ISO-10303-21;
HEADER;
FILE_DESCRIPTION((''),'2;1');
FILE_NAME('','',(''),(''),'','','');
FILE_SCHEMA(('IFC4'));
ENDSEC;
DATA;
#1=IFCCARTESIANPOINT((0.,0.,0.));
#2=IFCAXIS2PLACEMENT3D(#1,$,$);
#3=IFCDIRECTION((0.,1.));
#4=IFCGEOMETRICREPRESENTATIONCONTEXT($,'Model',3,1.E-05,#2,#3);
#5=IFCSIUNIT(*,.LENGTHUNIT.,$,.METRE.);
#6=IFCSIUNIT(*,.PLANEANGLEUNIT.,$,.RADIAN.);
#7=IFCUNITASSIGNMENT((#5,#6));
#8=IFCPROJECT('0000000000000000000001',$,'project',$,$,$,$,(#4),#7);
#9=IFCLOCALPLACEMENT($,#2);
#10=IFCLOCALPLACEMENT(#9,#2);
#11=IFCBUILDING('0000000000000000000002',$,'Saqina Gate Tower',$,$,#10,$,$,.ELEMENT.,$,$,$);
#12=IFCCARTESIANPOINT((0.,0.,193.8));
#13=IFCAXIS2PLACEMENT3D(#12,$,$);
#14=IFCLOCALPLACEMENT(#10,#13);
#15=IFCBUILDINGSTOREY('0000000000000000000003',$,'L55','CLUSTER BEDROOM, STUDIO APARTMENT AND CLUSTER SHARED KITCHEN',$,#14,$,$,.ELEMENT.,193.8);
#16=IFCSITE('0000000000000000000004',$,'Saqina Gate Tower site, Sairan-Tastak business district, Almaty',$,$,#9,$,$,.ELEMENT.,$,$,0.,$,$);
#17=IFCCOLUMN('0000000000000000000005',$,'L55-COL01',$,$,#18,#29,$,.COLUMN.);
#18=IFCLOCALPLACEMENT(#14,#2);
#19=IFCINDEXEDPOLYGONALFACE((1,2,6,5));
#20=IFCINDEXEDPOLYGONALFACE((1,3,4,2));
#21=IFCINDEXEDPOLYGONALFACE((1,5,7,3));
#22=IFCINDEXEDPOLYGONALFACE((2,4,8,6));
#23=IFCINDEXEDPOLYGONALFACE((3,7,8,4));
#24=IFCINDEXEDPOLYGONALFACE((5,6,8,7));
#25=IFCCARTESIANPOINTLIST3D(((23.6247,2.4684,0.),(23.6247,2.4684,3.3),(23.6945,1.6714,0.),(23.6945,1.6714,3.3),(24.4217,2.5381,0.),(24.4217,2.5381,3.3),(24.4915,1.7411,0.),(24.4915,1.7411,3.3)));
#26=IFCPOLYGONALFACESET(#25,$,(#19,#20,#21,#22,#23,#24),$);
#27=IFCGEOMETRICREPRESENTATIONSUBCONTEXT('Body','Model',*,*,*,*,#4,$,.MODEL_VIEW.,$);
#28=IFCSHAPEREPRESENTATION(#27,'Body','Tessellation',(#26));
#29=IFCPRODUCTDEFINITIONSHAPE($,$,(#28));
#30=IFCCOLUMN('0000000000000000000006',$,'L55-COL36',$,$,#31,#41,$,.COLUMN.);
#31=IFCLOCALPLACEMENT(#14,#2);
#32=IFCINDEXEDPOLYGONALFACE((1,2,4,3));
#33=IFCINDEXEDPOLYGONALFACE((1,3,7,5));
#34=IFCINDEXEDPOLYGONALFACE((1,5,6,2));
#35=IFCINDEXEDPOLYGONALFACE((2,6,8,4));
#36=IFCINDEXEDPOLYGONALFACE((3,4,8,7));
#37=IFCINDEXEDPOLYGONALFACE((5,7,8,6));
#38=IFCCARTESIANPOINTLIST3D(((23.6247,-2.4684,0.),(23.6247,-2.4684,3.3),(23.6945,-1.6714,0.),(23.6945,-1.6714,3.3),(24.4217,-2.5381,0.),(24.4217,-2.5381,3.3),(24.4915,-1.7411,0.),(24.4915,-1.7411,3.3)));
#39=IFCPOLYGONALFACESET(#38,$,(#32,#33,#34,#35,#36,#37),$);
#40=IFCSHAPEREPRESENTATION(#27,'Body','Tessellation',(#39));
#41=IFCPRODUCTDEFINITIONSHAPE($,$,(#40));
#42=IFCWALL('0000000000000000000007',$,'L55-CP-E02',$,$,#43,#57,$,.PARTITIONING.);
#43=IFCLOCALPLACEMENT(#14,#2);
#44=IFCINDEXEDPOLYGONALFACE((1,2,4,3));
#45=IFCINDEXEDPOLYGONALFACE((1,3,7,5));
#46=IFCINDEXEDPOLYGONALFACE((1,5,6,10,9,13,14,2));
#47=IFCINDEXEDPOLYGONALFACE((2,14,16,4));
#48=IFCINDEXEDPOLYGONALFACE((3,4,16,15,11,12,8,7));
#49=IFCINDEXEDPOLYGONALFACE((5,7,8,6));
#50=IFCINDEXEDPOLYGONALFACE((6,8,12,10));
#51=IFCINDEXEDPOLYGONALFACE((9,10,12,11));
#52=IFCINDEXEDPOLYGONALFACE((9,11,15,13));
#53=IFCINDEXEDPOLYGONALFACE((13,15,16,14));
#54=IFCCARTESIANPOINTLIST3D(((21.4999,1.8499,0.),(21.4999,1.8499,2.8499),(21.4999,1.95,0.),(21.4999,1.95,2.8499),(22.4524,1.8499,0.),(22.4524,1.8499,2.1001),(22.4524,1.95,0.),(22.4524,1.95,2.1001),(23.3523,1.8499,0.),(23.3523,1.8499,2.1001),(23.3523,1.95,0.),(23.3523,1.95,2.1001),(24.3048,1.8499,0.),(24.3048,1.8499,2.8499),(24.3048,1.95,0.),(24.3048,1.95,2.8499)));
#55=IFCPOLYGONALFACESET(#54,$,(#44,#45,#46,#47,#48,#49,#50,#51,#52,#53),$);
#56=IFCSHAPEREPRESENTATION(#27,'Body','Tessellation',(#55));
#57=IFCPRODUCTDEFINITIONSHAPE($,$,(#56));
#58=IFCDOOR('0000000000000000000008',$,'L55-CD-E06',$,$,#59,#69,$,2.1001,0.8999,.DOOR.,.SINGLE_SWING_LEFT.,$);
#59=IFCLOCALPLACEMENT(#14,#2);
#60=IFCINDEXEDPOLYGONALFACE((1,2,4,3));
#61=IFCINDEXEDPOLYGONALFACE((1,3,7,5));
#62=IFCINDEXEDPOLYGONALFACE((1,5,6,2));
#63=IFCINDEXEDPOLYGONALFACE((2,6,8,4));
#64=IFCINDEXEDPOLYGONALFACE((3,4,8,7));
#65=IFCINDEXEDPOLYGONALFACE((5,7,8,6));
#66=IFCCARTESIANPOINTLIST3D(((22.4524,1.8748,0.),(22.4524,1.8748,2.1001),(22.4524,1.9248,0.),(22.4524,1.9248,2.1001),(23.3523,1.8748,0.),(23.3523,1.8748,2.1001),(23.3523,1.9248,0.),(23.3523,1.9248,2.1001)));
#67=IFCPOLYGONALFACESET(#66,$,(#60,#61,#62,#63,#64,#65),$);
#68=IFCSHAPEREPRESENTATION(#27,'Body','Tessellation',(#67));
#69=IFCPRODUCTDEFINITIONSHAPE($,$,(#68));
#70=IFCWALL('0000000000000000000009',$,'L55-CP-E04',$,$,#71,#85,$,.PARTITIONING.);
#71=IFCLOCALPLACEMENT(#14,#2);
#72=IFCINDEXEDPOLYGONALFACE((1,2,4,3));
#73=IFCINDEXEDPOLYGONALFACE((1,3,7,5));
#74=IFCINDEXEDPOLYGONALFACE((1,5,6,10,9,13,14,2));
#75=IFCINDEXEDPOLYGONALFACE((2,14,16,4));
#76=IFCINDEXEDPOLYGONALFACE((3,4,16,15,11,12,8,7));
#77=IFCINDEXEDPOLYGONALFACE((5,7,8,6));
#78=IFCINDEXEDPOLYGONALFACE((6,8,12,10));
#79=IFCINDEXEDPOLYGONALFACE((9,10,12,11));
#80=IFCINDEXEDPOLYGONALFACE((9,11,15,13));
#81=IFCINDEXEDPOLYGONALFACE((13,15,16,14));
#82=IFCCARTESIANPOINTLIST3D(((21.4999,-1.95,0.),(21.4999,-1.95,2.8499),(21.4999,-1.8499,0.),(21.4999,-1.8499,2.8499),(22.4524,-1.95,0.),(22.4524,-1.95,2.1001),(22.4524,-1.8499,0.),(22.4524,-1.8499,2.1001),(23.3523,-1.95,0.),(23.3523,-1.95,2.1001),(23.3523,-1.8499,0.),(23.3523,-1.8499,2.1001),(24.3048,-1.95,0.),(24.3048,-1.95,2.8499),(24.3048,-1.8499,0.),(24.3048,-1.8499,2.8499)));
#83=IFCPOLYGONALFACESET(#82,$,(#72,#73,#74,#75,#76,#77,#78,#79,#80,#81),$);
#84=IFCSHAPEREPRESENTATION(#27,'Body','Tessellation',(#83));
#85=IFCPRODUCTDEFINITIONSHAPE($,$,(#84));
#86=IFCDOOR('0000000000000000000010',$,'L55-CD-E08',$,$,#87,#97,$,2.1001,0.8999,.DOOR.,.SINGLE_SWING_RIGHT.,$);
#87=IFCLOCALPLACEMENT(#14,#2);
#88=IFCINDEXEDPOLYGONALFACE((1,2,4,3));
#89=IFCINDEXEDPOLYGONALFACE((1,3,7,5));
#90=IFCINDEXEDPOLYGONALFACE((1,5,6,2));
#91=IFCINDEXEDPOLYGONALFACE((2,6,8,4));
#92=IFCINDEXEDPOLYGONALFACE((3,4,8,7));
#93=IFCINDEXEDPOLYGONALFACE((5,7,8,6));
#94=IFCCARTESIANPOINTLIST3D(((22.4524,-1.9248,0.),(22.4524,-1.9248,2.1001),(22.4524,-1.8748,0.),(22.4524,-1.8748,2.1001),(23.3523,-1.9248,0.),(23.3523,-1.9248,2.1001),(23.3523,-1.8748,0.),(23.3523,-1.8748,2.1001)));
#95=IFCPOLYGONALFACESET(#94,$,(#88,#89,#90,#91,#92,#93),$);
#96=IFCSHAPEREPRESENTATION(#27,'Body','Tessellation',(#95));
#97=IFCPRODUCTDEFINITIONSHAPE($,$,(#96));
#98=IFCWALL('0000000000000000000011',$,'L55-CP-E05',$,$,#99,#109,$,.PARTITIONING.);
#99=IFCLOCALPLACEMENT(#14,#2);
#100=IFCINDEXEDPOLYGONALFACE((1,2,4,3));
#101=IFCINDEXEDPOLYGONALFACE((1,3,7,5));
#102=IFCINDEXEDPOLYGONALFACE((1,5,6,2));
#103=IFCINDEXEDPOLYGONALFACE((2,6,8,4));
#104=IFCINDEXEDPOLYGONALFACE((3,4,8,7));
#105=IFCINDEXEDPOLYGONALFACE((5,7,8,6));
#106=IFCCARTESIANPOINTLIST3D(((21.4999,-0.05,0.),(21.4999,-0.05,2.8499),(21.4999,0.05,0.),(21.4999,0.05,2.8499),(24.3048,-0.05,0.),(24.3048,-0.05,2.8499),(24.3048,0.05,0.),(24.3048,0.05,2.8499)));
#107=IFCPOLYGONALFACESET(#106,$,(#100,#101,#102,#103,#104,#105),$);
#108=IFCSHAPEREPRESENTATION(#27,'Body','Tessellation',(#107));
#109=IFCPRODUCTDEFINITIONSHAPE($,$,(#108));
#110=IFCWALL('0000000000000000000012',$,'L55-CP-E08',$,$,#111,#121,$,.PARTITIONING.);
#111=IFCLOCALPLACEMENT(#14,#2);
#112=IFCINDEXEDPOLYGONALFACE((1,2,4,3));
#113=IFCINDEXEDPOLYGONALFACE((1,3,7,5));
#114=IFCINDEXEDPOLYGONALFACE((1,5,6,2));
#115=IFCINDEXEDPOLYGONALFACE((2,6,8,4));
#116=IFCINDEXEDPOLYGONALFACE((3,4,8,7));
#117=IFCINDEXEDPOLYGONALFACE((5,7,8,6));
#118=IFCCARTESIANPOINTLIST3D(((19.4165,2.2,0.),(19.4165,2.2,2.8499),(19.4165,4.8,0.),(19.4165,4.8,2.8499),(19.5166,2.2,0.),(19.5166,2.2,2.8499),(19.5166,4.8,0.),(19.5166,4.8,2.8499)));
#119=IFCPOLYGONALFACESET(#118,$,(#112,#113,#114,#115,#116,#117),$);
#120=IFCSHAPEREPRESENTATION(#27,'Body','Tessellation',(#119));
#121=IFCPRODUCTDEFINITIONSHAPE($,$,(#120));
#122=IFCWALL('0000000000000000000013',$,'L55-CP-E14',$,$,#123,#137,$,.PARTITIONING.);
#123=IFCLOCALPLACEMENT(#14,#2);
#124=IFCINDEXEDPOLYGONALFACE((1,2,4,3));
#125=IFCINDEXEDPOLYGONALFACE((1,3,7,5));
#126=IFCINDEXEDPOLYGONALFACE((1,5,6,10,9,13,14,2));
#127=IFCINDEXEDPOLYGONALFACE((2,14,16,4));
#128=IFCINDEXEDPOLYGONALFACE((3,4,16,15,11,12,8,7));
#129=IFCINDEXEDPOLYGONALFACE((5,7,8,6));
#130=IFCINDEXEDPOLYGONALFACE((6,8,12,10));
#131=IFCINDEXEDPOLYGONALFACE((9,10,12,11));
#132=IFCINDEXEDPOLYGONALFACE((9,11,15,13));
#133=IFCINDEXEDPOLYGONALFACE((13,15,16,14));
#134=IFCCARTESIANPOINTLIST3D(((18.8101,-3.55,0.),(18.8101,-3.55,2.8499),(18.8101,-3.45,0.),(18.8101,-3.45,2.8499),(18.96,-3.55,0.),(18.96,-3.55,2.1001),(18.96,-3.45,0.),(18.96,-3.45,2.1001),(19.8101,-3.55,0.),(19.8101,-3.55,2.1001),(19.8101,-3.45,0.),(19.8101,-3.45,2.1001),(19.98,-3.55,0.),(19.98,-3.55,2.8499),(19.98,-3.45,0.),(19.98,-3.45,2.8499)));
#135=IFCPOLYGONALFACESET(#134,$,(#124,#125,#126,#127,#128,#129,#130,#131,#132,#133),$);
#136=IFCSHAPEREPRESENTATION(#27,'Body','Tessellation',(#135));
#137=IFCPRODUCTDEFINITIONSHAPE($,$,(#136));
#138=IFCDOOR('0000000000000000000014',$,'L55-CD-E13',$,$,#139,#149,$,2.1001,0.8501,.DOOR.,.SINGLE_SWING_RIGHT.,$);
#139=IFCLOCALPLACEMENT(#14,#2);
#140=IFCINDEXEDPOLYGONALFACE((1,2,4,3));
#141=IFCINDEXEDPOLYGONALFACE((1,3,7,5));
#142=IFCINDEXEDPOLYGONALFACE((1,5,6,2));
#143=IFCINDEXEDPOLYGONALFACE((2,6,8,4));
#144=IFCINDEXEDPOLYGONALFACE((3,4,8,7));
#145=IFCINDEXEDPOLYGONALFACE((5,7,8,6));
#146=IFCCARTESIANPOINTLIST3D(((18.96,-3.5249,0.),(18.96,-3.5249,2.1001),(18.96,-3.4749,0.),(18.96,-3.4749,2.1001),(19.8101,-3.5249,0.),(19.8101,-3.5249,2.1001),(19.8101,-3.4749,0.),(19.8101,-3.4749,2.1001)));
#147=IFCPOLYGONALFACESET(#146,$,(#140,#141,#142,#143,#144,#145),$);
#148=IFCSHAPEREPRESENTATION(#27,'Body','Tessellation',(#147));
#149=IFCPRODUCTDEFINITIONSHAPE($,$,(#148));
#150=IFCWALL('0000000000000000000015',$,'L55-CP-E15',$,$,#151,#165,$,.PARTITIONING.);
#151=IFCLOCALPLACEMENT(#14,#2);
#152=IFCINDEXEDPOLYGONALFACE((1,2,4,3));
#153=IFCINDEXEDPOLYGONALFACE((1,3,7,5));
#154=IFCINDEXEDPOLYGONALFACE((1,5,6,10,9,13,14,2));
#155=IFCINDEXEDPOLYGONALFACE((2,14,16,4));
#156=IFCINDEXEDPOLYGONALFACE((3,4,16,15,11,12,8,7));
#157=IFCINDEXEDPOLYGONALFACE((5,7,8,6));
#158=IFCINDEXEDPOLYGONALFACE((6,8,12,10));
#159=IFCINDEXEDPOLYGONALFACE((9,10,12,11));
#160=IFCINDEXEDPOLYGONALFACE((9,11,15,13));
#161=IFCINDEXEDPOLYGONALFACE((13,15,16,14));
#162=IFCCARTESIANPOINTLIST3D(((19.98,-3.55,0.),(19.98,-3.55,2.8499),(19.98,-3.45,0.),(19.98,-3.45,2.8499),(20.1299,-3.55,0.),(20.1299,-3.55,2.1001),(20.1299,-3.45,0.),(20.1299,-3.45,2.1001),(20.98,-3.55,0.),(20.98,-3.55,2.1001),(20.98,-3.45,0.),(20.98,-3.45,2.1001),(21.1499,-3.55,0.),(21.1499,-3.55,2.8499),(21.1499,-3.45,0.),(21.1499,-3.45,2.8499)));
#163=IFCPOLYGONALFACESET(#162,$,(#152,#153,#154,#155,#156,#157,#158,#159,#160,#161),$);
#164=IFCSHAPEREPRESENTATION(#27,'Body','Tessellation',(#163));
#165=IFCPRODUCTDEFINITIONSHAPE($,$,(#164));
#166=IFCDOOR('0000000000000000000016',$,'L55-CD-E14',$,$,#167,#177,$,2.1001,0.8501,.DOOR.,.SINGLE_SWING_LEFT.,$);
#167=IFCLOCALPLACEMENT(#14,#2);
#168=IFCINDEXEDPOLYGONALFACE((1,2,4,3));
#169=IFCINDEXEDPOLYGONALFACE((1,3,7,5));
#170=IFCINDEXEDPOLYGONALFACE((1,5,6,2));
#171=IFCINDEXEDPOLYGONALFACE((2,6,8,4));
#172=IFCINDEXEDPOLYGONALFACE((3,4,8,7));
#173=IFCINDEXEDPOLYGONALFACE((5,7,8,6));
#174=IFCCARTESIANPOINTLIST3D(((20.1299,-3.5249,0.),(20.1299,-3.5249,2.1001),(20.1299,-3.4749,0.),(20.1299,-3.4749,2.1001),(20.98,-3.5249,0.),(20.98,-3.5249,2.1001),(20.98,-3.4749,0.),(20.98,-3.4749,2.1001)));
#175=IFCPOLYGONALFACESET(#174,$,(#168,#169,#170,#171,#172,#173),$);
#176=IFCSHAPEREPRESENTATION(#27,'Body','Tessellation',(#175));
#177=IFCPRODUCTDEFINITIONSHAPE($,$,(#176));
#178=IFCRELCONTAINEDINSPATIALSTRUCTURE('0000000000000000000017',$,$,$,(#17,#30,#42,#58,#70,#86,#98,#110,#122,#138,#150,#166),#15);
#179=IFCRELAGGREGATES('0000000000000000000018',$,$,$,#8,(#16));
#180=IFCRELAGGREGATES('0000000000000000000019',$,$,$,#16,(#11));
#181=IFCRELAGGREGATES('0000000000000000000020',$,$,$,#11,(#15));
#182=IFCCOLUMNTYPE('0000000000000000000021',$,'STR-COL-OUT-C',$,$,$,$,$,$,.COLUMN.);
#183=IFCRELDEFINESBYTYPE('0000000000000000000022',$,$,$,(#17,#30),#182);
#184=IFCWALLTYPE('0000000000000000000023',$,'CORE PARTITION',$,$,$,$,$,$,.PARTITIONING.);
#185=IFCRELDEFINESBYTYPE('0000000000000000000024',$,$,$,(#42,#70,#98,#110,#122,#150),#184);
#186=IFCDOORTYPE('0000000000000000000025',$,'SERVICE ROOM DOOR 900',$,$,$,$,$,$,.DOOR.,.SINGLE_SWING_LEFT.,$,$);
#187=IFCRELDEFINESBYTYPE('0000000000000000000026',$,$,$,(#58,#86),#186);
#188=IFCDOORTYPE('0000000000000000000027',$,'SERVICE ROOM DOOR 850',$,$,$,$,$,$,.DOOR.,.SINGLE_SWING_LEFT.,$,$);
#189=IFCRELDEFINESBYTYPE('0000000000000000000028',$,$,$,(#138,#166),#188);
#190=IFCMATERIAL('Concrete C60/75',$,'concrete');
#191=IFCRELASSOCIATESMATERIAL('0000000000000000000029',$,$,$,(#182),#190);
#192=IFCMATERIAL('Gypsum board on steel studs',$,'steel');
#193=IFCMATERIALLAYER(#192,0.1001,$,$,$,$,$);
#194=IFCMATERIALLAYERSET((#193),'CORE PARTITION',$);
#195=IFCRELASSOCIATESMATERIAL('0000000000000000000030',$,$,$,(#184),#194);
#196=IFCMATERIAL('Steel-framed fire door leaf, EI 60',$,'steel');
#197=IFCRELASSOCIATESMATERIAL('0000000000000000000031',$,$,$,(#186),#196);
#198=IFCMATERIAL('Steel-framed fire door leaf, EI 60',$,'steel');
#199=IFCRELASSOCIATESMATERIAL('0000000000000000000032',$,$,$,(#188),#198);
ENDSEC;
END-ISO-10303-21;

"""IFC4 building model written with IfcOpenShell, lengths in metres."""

from ifc_helpers import new_model, si_unit, direction, frame, frame_2d, origin, origin_2d, place, context, subcontext, project, spatial, rectangle, extrude, material, layer, layer_set, material_profile, profile_set, type_object, element, fill, save


model = new_model("IFC4")

# Units and contexts
model_context = context("Model", 3, precision=1e-05, world=origin(), true_north=direction((0.0, 1.0)))
body_context = subcontext(model_context, "Body", "Model", "MODEL_VIEW")
ifc_project = project(units=[si_unit("LENGTHUNIT", "METRE"), si_unit("PLANEANGLEUNIT", "RADIAN")], contexts=[model_context])

# Site, building, storey
site_placement = place(None, origin())
site = spatial("IfcSite", under=ifc_project, at=site_placement, Name="Saqina Gate Tower site, Sairan-Tastak business district, Almaty", CompositionType="ELEMENT", RefElevation=0.0)
building_placement = place(site_placement, origin())
building = spatial("IfcBuilding", under=site, at=building_placement, Name="Saqina Gate Tower", CompositionType="ELEMENT")
storey_placement = place(building_placement, frame((0.0, 0.0, 193.8)))
storey = spatial("IfcBuildingStorey", under=building, at=storey_placement, Name="L55", Description="CLUSTER BEDROOM, STUDIO APARTMENT AND CLUSTER SHARED KITCHEN", CompositionType="ELEMENT", Elevation=193.8)

# Columns
ifc_material_1 = material(Name="Concrete C60/75", Category="concrete")
ifc_material_profile = material_profile(ifc_material_1, rectangle(XDim=0.8, YDim=0.8, at=origin_2d()), Name="RC 800x800")
ifc_profile_set = profile_set([ifc_material_profile], Name="Concrete C60/75")
column_type = type_object("IfcColumnType", Name="STR-COL-OUT-C", PredefinedType="COLUMN", material=ifc_profile_set)
for number, where, z_axis, x_axis, name in (
    (1, (24.0581, 2.1047, 0.0), (0.0, 0.0, 1.0), (0.996195, 0.087156, 0.0), "L55-COL01"),
    (2, (24.0581, -2.1047, 0.0), (0.0, 0.0, 1.0), (0.996195, -0.087156, 0.0), "L55-COL36"),
):
    element("IfcColumn", number, at=place(storey_placement, frame(where, z_axis=z_axis, x_axis=x_axis)), inside=storey, type_object=column_type, Name=name, PredefinedType="COLUMN", context=body_context, shape_type="SweptSolid", body=[
        extrude(rectangle(XDim=0.8, YDim=0.8, at=origin_2d()), origin(), (0.0, 0.0, 1.0), 3.3),
    ])

# Walls, openings, doors
ifc_material_2 = material(Name="Gypsum board on steel studs", Category="steel")
ifc_layer_1 = layer(ifc_material_2, 0.1001)
ifc_layer_set_1 = layer_set([ifc_layer_1], Name="CORE PARTITION")
wall_type_1 = type_object("IfcWallType", Name="CORE PARTITION", PredefinedType="PARTITIONING", material=ifc_layer_set_1)
wall_1_placement = place(storey_placement, frame((21.5, 1.8999, 0.0), z_axis=(0.0, 0.0, 1.0), x_axis=(1.0, 0.0, 0.0)))
wall_1 = element("IfcWall", 3, at=wall_1_placement, inside=storey, type_object=wall_type_1, Name="L55-CP-E02", PredefinedType="PARTITIONING", context=body_context, shape_type="SweptSolid", body=[
    extrude(rectangle(XDim=2.8049, YDim=0.1001, at=frame_2d((1.4023, 0.0))), origin(), (0.0, 0.0, 1.0), 2.8499),
])
opening_1_placement = place(wall_1_placement, frame((0.9524, 0.0, 0.0)))
opening_1 = element("IfcOpeningElement", 4, at=opening_1_placement, cuts=wall_1, PredefinedType="OPENING", context=body_context, shape_type="SweptSolid", body=[
    extrude(rectangle(XDim=0.8999, YDim=2.1001, at=frame_2d((0.45, 1.05))), frame((0.0, 0.062, 0.0), z_axis=(0.0, -1.0, 0.0), x_axis=(1.0, 0.0, 0.0)), (0.0, 0.0, 1.0), 0.124),
])
ifc_material_3 = material(Name="Steel-framed fire door leaf, EI 60", Category="steel")
door_type_1 = type_object("IfcDoorType", Name="SERVICE ROOM DOOR 900", OperationType="SINGLE_SWING_LEFT", PredefinedType="DOOR", material=ifc_material_3)
door_1_placement = place(opening_1_placement, origin())
door_1 = element("IfcDoor", 5, at=door_1_placement, inside=storey, type_object=door_type_1, Name="L55-CD-E06", OperationType="SINGLE_SWING_LEFT", OverallHeight=2.1001, OverallWidth=0.8999, PredefinedType="DOOR", context=body_context, shape_type="SweptSolid", body=[
    extrude(rectangle(XDim=0.8999, YDim=2.1001, at=frame_2d((0.45, 1.05))), frame((0.0, 0.0249, 0.0), z_axis=(0.0, -1.0, 0.0), x_axis=(1.0, 0.0, 0.0)), (0.0, 0.0, 1.0), 0.05),
])
fill(opening_1, door_1)
wall_2_placement = place(storey_placement, frame((21.5, -1.8999, 0.0), z_axis=(0.0, 0.0, 1.0), x_axis=(1.0, 0.0, 0.0)))
wall_2 = element("IfcWall", 6, at=wall_2_placement, inside=storey, type_object=wall_type_1, Name="L55-CP-E04", PredefinedType="PARTITIONING", context=body_context, shape_type="SweptSolid", body=[
    extrude(rectangle(XDim=2.8049, YDim=0.1001, at=frame_2d((1.4023, 0.0))), origin(), (0.0, 0.0, 1.0), 2.8499),
])
opening_2_placement = place(wall_2_placement, frame((0.9524, 0.0, 0.0)))
opening_2 = element("IfcOpeningElement", 7, at=opening_2_placement, cuts=wall_2, PredefinedType="OPENING", context=body_context, shape_type="SweptSolid", body=[
    extrude(rectangle(XDim=0.8999, YDim=2.1001, at=frame_2d((0.45, 1.05))), frame((0.0, 0.062, 0.0), z_axis=(0.0, -1.0, 0.0), x_axis=(1.0, 0.0, 0.0)), (0.0, 0.0, 1.0), 0.124),
])
door_2_placement = place(opening_2_placement, frame((0.8999, 0.0, 0.0), z_axis=(0.0, 0.0, 1.0), x_axis=(-1.0, 0.0, 0.0)))
door_2 = element("IfcDoor", 8, at=door_2_placement, inside=storey, type_object=door_type_1, Name="L55-CD-E08", OperationType="SINGLE_SWING_RIGHT", OverallHeight=2.1001, OverallWidth=0.8999, PredefinedType="DOOR", context=body_context, shape_type="SweptSolid", body=[
    extrude(rectangle(XDim=0.8999, YDim=2.1001, at=frame_2d((0.45, 1.05))), frame((0.0, 0.0249, 0.0), z_axis=(0.0, -1.0, 0.0), x_axis=(1.0, 0.0, 0.0)), (0.0, 0.0, 1.0), 0.05),
])
fill(opening_2, door_2)

# Walls
wall_3_placement = place(storey_placement, frame((21.5, 0.0, 0.0), z_axis=(0.0, 0.0, 1.0), x_axis=(1.0, 0.0, 0.0)))
element("IfcWall", 9, at=wall_3_placement, inside=storey, type_object=wall_type_1, Name="L55-CP-E05", PredefinedType="PARTITIONING", context=body_context, shape_type="SweptSolid", body=[
    extrude(rectangle(XDim=2.8049, YDim=0.1001, at=frame_2d((1.4023, 0.0))), origin(), (0.0, 0.0, 1.0), 2.8499),
])
wall_4_placement = place(storey_placement, frame((19.4666, 2.2, 0.0), z_axis=(0.0, 0.0, 1.0), x_axis=(0.0, 1.0, 0.0)))
element("IfcWall", 10, at=wall_4_placement, inside=storey, type_object=wall_type_1, Name="L55-CP-E08", PredefinedType="PARTITIONING", context=body_context, shape_type="SweptSolid", body=[
    extrude(rectangle(XDim=2.6001, YDim=0.1001, at=frame_2d((1.3, 0.0))), origin(), (0.0, 0.0, 1.0), 2.8499),
])

# Walls, openings, doors
wall_5_placement = place(storey_placement, frame((18.8101, -3.5, 0.0), z_axis=(0.0, 0.0, 1.0), x_axis=(1.0, 0.0, 0.0)))
wall_5 = element("IfcWall", 11, at=wall_5_placement, inside=storey, type_object=wall_type_1, Name="L55-CP-E14", PredefinedType="PARTITIONING", context=body_context, shape_type="SweptSolid", body=[
    extrude(rectangle(XDim=1.1699, YDim=0.1001, at=frame_2d((0.585, 0.0))), origin(), (0.0, 0.0, 1.0), 2.8499),
])
opening_3_placement = place(wall_5_placement, frame((0.1499, 0.0, 0.0)))
opening_3 = element("IfcOpeningElement", 12, at=opening_3_placement, cuts=wall_5, PredefinedType="OPENING", context=body_context, shape_type="SweptSolid", body=[
    extrude(rectangle(XDim=0.8501, YDim=2.1001, at=frame_2d((0.425, 1.05))), frame((0.0, 0.062, 0.0), z_axis=(0.0, -1.0, 0.0), x_axis=(1.0, 0.0, 0.0)), (0.0, 0.0, 1.0), 0.124),
])
ifc_material_4 = material(Name="Steel-framed fire door leaf, EI 60", Category="steel")
door_type_2 = type_object("IfcDoorType", Name="SERVICE ROOM DOOR 850", OperationType="SINGLE_SWING_LEFT", PredefinedType="DOOR", material=ifc_material_4)
door_3_placement = place(opening_3_placement, frame((0.8501, 0.0, 0.0), z_axis=(0.0, 0.0, 1.0), x_axis=(-1.0, 0.0, 0.0)))
door_3 = element("IfcDoor", 13, at=door_3_placement, inside=storey, type_object=door_type_2, Name="L55-CD-E13", OperationType="SINGLE_SWING_RIGHT", OverallHeight=2.1001, OverallWidth=0.8501, PredefinedType="DOOR", context=body_context, shape_type="SweptSolid", body=[
    extrude(rectangle(XDim=0.8501, YDim=2.1001, at=frame_2d((0.425, 1.05))), frame((0.0, 0.0249, 0.0), z_axis=(0.0, -1.0, 0.0), x_axis=(1.0, 0.0, 0.0)), (0.0, 0.0, 1.0), 0.05),
])
fill(opening_3, door_3)
wall_6_placement = place(storey_placement, frame((19.98, -3.5, 0.0), z_axis=(0.0, 0.0, 1.0), x_axis=(1.0, 0.0, 0.0)))
wall_6 = element("IfcWall", 14, at=wall_6_placement, inside=storey, type_object=wall_type_1, Name="L55-CP-E15", PredefinedType="PARTITIONING", context=body_context, shape_type="SweptSolid", body=[
    extrude(rectangle(XDim=1.1699, YDim=0.1001, at=frame_2d((0.585, 0.0))), origin(), (0.0, 0.0, 1.0), 2.8499),
])
opening_4_placement = place(wall_6_placement, frame((0.1499, 0.0, 0.0)))
opening_4 = element("IfcOpeningElement", 15, at=opening_4_placement, cuts=wall_6, PredefinedType="OPENING", context=body_context, shape_type="SweptSolid", body=[
    extrude(rectangle(XDim=0.8501, YDim=2.1001, at=frame_2d((0.425, 1.05))), frame((0.0, 0.062, 0.0), z_axis=(0.0, -1.0, 0.0), x_axis=(1.0, 0.0, 0.0)), (0.0, 0.0, 1.0), 0.124),
])
door_4_placement = place(opening_4_placement, frame((0.8501, 0.0, 0.0), z_axis=(0.0, 0.0, 1.0), x_axis=(-1.0, 0.0, 0.0)))
door_4 = element("IfcDoor", 16, at=door_4_placement, inside=storey, type_object=door_type_2, Name="L55-CD-E14", OperationType="SINGLE_SWING_LEFT", OverallHeight=2.1001, OverallWidth=0.8501, PredefinedType="DOOR", context=body_context, shape_type="SweptSolid", body=[
    extrude(rectangle(XDim=0.8501, YDim=2.1001, at=frame_2d((0.425, 1.05))), frame((0.0, 0.0249, 0.0), z_axis=(0.0, -1.0, 0.0), x_axis=(1.0, 0.0, 0.0)), (0.0, 0.0, 1.0), 0.05),
])
fill(opening_4, door_4)

save(model, "model.ifc")
